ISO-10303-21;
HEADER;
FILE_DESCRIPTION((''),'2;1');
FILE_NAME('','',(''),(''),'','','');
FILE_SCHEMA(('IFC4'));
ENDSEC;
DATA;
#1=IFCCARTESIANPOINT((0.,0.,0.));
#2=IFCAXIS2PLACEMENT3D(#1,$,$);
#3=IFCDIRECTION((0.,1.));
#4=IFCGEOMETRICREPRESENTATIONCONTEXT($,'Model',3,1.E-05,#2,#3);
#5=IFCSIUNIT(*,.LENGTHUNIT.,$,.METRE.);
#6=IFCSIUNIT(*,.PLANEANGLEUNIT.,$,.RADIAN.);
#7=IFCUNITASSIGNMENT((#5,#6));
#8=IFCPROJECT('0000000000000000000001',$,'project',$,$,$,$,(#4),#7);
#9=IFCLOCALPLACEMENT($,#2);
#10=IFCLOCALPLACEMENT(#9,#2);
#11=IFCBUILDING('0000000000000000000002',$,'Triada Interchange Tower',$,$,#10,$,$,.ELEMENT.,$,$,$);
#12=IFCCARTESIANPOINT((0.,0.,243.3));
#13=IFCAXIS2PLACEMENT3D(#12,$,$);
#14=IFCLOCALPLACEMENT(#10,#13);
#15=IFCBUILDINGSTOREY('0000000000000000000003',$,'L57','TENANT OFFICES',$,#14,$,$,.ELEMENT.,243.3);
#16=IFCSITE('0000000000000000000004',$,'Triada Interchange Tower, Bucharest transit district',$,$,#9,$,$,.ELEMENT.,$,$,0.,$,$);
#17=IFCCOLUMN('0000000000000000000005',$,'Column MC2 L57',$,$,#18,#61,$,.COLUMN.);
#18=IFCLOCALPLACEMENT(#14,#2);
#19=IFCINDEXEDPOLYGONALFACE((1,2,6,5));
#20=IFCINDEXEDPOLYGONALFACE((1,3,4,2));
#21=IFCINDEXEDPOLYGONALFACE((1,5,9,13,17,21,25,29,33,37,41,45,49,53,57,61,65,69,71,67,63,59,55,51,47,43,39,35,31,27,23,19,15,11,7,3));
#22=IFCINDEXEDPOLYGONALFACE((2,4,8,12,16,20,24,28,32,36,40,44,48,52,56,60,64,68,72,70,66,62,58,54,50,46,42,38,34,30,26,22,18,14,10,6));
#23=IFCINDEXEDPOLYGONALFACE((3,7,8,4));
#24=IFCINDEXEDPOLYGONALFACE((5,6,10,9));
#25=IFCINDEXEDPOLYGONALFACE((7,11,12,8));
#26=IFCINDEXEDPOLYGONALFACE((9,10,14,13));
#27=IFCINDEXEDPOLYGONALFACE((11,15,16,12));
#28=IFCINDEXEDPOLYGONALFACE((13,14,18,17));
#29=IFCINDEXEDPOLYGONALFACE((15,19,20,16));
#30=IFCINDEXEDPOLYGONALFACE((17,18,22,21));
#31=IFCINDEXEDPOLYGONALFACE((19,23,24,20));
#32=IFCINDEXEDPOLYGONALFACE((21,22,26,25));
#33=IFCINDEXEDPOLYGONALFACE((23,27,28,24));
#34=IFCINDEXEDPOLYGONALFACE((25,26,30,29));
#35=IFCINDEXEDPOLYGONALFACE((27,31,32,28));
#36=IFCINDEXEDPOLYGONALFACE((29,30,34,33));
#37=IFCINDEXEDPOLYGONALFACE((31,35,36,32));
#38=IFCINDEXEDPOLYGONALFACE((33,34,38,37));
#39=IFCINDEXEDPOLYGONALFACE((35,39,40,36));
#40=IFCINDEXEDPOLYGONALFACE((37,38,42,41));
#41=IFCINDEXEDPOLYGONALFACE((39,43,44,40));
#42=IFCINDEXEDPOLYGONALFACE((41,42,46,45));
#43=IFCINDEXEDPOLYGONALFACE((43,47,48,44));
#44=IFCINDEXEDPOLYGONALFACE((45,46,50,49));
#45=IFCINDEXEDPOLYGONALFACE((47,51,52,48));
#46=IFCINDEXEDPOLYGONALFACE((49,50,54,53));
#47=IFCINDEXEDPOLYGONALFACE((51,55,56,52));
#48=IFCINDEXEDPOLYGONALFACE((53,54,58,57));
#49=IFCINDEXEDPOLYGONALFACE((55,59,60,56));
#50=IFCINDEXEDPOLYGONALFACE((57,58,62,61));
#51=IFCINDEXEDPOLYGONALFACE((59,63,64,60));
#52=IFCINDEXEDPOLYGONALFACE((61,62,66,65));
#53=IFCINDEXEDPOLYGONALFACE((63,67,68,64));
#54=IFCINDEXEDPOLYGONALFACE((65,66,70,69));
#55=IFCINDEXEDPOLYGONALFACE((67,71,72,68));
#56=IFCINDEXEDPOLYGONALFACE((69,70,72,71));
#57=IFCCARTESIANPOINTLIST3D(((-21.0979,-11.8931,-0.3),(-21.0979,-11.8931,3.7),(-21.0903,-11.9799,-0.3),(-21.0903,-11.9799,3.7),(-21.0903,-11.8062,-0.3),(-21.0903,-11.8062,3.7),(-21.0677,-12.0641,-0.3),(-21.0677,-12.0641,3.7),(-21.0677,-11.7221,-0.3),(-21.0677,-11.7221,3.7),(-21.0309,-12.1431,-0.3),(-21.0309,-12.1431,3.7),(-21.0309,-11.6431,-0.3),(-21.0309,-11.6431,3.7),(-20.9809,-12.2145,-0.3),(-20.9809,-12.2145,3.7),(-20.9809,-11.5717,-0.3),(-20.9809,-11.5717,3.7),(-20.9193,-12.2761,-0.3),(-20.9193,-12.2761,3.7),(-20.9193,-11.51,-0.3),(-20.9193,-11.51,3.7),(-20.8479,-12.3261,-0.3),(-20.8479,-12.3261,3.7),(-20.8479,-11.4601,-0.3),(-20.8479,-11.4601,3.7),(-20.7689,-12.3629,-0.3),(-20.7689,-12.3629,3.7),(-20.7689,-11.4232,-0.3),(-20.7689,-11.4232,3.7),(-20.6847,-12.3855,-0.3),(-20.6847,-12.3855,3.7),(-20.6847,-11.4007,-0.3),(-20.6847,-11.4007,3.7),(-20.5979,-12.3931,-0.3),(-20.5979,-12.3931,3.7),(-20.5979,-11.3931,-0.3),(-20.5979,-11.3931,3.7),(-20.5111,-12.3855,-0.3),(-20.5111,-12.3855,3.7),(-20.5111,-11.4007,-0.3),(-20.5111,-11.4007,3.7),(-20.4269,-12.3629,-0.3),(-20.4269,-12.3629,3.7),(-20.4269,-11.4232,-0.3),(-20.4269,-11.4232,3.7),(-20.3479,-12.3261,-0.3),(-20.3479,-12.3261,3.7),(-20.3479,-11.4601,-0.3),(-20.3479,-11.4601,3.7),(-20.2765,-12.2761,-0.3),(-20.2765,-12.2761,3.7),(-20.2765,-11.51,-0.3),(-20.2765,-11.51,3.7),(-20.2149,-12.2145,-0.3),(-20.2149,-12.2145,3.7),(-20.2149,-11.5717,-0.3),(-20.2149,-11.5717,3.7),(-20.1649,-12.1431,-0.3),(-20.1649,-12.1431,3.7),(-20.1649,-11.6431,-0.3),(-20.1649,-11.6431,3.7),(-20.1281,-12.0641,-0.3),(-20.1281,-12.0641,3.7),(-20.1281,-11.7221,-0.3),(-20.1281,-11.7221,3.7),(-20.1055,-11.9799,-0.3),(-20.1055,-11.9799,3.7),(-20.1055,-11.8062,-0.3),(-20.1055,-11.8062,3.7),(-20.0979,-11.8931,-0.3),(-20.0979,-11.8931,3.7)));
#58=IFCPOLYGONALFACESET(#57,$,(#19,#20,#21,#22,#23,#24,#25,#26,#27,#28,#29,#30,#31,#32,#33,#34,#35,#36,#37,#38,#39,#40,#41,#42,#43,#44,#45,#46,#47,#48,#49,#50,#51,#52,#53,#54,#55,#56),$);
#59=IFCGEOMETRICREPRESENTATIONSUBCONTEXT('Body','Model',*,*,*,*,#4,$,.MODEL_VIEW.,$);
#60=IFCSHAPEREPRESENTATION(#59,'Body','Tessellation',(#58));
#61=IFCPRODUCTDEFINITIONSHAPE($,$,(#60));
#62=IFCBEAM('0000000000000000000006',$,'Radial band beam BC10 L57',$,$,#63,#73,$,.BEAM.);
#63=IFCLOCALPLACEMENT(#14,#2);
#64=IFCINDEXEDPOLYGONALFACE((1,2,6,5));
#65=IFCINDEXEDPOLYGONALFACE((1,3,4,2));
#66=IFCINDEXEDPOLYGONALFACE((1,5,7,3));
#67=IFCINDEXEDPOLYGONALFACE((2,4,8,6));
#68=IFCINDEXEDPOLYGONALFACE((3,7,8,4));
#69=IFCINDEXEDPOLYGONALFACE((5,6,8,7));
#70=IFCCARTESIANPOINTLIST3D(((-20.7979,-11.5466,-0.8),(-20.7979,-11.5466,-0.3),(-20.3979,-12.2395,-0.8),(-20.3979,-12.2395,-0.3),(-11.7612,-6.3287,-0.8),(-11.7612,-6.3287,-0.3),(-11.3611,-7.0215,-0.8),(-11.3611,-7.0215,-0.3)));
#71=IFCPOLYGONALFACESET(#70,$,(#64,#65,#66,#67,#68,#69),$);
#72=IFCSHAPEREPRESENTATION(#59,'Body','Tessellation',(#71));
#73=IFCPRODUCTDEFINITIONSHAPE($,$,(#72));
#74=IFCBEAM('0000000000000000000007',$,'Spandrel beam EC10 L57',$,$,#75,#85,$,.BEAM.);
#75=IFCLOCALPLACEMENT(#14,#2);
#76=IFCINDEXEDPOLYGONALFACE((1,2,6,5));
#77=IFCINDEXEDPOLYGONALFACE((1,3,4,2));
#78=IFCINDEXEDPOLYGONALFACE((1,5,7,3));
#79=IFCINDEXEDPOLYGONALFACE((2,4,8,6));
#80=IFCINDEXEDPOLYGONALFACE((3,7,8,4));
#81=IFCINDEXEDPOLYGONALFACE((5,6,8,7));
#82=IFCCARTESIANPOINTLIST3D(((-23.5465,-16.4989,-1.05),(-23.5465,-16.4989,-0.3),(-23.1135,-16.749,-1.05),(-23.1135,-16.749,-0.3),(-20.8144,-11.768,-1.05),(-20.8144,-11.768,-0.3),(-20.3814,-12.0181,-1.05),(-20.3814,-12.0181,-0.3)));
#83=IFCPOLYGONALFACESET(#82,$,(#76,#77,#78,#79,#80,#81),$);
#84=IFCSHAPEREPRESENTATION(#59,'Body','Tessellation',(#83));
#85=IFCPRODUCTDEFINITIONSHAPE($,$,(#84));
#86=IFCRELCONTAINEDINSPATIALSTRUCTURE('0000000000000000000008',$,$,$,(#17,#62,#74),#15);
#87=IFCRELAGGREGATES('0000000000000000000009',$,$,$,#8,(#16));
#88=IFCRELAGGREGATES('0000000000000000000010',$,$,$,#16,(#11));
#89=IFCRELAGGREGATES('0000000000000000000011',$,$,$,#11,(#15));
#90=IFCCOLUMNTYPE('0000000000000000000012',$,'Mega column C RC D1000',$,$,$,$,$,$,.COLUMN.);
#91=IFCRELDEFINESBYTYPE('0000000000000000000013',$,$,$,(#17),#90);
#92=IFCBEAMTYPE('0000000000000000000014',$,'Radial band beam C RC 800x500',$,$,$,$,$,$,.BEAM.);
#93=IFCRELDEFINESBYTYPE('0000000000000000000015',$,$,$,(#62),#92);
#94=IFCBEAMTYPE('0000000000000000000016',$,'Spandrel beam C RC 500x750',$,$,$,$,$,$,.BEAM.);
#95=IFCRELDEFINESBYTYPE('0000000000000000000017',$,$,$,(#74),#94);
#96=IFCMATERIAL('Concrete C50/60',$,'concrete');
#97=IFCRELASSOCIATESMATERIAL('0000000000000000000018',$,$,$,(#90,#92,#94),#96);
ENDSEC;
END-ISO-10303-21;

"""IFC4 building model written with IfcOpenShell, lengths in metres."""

from ifc_helpers import new_model, si_unit, direction, frame, origin, origin_2d, place, context, subcontext, project, spatial, rectangle, circle, extrude, material, material_profile, profile_set, type_object, element, save


model = new_model("IFC4")

# Units and contexts
model_context = context("Model", 3, precision=1e-05, world=origin(), true_north=direction((0.0, 1.0)))
body_context = subcontext(model_context, "Body", "Model", "MODEL_VIEW")
ifc_project = project(units=[si_unit("LENGTHUNIT", "METRE"), si_unit("PLANEANGLEUNIT", "RADIAN")], contexts=[model_context])

# Site, building, storey
site_placement = place(None, origin())
site = spatial("IfcSite", under=ifc_project, at=site_placement, Name="Triada Interchange Tower, Bucharest transit district", CompositionType="ELEMENT", RefElevation=0.0)
building_placement = place(site_placement, origin())
building = spatial("IfcBuilding", under=site, at=building_placement, Name="Triada Interchange Tower", CompositionType="ELEMENT")
storey_placement = place(building_placement, frame((0.0, 0.0, 243.3)))
storey = spatial("IfcBuildingStorey", under=building, at=storey_placement, Name="L57", Description="TENANT OFFICES", CompositionType="ELEMENT", Elevation=243.3)

# Column
ifc_material_1 = material(Name="Concrete C50/60", Category="concrete")
ifc_material_profile_1 = material_profile(ifc_material_1, circle(Radius=0.5, at=origin_2d()), Name="RC D1000")
ifc_profile_set_1 = profile_set([ifc_material_profile_1], Name="Concrete C50/60")
column_type = type_object("IfcColumnType", Name="Mega column C RC D1000", PredefinedType="COLUMN", material=ifc_profile_set_1)
column_placement = place(storey_placement, frame((-20.5979, -11.8931, -0.3), z_axis=(0.0, 0.0, 1.0), x_axis=(1.0, 0.0, 0.0)))
element("IfcColumn", 1, at=column_placement, inside=storey, type_object=column_type, Name="Column MC2 L57", PredefinedType="COLUMN", context=body_context, shape_type="SweptSolid", body=[
    extrude(circle(Radius=0.5, at=origin_2d()), origin(), (0.0, 0.0, 1.0), 4.0),
])

# Beams
ifc_material_profile_2 = material_profile(ifc_material_1, rectangle(XDim=0.8, YDim=0.5, at=origin_2d()), Name="RC 800x500")
ifc_profile_set_2 = profile_set([ifc_material_profile_2], Name="Concrete C50/60")
beam_type_1 = type_object("IfcBeamType", Name="Radial band beam C RC 800x500", PredefinedType="BEAM", material=ifc_profile_set_2)
beam_1_placement = place(storey_placement, frame((-20.5979, -11.8931, -0.55), z_axis=(0.866001, 0.500042, 0.0), x_axis=(-0.500042, 0.866001, 0.0)))
element("IfcBeam", 2, at=beam_1_placement, inside=storey, type_object=beam_type_1, Name="Radial band beam BC10 L57", PredefinedType="BEAM", context=body_context, shape_type="SweptSolid", body=[
    extrude(rectangle(XDim=0.8, YDim=0.5, at=origin_2d()), origin(), (0.0, 0.0, 1.0), 10.4351),
])
ifc_material_profile_3 = material_profile(ifc_material_1, rectangle(XDim=0.5, YDim=0.75, at=origin_2d()), Name="RC 500x750")
ifc_profile_set_3 = profile_set([ifc_material_profile_3], Name="Concrete C50/60")
beam_type_2 = type_object("IfcBeamType", Name="Spandrel beam C RC 500x750", PredefinedType="BEAM", material=ifc_profile_set_3)
beam_2_placement = place(storey_placement, frame((-20.5979, -11.8931, -0.675), z_axis=(-0.500104, -0.865965, 0.0), x_axis=(0.865965, -0.500104, 0.0)))
element("IfcBeam", 3, at=beam_2_placement, inside=storey, type_object=beam_type_2, Name="Spandrel beam EC10 L57", PredefinedType="BEAM", context=body_context, shape_type="SweptSolid", body=[
    extrude(rectangle(XDim=0.5, YDim=0.75, at=origin_2d()), origin(), (0.0, 0.0, 1.0), 5.4631),
])

save(model, "model.ifc")
